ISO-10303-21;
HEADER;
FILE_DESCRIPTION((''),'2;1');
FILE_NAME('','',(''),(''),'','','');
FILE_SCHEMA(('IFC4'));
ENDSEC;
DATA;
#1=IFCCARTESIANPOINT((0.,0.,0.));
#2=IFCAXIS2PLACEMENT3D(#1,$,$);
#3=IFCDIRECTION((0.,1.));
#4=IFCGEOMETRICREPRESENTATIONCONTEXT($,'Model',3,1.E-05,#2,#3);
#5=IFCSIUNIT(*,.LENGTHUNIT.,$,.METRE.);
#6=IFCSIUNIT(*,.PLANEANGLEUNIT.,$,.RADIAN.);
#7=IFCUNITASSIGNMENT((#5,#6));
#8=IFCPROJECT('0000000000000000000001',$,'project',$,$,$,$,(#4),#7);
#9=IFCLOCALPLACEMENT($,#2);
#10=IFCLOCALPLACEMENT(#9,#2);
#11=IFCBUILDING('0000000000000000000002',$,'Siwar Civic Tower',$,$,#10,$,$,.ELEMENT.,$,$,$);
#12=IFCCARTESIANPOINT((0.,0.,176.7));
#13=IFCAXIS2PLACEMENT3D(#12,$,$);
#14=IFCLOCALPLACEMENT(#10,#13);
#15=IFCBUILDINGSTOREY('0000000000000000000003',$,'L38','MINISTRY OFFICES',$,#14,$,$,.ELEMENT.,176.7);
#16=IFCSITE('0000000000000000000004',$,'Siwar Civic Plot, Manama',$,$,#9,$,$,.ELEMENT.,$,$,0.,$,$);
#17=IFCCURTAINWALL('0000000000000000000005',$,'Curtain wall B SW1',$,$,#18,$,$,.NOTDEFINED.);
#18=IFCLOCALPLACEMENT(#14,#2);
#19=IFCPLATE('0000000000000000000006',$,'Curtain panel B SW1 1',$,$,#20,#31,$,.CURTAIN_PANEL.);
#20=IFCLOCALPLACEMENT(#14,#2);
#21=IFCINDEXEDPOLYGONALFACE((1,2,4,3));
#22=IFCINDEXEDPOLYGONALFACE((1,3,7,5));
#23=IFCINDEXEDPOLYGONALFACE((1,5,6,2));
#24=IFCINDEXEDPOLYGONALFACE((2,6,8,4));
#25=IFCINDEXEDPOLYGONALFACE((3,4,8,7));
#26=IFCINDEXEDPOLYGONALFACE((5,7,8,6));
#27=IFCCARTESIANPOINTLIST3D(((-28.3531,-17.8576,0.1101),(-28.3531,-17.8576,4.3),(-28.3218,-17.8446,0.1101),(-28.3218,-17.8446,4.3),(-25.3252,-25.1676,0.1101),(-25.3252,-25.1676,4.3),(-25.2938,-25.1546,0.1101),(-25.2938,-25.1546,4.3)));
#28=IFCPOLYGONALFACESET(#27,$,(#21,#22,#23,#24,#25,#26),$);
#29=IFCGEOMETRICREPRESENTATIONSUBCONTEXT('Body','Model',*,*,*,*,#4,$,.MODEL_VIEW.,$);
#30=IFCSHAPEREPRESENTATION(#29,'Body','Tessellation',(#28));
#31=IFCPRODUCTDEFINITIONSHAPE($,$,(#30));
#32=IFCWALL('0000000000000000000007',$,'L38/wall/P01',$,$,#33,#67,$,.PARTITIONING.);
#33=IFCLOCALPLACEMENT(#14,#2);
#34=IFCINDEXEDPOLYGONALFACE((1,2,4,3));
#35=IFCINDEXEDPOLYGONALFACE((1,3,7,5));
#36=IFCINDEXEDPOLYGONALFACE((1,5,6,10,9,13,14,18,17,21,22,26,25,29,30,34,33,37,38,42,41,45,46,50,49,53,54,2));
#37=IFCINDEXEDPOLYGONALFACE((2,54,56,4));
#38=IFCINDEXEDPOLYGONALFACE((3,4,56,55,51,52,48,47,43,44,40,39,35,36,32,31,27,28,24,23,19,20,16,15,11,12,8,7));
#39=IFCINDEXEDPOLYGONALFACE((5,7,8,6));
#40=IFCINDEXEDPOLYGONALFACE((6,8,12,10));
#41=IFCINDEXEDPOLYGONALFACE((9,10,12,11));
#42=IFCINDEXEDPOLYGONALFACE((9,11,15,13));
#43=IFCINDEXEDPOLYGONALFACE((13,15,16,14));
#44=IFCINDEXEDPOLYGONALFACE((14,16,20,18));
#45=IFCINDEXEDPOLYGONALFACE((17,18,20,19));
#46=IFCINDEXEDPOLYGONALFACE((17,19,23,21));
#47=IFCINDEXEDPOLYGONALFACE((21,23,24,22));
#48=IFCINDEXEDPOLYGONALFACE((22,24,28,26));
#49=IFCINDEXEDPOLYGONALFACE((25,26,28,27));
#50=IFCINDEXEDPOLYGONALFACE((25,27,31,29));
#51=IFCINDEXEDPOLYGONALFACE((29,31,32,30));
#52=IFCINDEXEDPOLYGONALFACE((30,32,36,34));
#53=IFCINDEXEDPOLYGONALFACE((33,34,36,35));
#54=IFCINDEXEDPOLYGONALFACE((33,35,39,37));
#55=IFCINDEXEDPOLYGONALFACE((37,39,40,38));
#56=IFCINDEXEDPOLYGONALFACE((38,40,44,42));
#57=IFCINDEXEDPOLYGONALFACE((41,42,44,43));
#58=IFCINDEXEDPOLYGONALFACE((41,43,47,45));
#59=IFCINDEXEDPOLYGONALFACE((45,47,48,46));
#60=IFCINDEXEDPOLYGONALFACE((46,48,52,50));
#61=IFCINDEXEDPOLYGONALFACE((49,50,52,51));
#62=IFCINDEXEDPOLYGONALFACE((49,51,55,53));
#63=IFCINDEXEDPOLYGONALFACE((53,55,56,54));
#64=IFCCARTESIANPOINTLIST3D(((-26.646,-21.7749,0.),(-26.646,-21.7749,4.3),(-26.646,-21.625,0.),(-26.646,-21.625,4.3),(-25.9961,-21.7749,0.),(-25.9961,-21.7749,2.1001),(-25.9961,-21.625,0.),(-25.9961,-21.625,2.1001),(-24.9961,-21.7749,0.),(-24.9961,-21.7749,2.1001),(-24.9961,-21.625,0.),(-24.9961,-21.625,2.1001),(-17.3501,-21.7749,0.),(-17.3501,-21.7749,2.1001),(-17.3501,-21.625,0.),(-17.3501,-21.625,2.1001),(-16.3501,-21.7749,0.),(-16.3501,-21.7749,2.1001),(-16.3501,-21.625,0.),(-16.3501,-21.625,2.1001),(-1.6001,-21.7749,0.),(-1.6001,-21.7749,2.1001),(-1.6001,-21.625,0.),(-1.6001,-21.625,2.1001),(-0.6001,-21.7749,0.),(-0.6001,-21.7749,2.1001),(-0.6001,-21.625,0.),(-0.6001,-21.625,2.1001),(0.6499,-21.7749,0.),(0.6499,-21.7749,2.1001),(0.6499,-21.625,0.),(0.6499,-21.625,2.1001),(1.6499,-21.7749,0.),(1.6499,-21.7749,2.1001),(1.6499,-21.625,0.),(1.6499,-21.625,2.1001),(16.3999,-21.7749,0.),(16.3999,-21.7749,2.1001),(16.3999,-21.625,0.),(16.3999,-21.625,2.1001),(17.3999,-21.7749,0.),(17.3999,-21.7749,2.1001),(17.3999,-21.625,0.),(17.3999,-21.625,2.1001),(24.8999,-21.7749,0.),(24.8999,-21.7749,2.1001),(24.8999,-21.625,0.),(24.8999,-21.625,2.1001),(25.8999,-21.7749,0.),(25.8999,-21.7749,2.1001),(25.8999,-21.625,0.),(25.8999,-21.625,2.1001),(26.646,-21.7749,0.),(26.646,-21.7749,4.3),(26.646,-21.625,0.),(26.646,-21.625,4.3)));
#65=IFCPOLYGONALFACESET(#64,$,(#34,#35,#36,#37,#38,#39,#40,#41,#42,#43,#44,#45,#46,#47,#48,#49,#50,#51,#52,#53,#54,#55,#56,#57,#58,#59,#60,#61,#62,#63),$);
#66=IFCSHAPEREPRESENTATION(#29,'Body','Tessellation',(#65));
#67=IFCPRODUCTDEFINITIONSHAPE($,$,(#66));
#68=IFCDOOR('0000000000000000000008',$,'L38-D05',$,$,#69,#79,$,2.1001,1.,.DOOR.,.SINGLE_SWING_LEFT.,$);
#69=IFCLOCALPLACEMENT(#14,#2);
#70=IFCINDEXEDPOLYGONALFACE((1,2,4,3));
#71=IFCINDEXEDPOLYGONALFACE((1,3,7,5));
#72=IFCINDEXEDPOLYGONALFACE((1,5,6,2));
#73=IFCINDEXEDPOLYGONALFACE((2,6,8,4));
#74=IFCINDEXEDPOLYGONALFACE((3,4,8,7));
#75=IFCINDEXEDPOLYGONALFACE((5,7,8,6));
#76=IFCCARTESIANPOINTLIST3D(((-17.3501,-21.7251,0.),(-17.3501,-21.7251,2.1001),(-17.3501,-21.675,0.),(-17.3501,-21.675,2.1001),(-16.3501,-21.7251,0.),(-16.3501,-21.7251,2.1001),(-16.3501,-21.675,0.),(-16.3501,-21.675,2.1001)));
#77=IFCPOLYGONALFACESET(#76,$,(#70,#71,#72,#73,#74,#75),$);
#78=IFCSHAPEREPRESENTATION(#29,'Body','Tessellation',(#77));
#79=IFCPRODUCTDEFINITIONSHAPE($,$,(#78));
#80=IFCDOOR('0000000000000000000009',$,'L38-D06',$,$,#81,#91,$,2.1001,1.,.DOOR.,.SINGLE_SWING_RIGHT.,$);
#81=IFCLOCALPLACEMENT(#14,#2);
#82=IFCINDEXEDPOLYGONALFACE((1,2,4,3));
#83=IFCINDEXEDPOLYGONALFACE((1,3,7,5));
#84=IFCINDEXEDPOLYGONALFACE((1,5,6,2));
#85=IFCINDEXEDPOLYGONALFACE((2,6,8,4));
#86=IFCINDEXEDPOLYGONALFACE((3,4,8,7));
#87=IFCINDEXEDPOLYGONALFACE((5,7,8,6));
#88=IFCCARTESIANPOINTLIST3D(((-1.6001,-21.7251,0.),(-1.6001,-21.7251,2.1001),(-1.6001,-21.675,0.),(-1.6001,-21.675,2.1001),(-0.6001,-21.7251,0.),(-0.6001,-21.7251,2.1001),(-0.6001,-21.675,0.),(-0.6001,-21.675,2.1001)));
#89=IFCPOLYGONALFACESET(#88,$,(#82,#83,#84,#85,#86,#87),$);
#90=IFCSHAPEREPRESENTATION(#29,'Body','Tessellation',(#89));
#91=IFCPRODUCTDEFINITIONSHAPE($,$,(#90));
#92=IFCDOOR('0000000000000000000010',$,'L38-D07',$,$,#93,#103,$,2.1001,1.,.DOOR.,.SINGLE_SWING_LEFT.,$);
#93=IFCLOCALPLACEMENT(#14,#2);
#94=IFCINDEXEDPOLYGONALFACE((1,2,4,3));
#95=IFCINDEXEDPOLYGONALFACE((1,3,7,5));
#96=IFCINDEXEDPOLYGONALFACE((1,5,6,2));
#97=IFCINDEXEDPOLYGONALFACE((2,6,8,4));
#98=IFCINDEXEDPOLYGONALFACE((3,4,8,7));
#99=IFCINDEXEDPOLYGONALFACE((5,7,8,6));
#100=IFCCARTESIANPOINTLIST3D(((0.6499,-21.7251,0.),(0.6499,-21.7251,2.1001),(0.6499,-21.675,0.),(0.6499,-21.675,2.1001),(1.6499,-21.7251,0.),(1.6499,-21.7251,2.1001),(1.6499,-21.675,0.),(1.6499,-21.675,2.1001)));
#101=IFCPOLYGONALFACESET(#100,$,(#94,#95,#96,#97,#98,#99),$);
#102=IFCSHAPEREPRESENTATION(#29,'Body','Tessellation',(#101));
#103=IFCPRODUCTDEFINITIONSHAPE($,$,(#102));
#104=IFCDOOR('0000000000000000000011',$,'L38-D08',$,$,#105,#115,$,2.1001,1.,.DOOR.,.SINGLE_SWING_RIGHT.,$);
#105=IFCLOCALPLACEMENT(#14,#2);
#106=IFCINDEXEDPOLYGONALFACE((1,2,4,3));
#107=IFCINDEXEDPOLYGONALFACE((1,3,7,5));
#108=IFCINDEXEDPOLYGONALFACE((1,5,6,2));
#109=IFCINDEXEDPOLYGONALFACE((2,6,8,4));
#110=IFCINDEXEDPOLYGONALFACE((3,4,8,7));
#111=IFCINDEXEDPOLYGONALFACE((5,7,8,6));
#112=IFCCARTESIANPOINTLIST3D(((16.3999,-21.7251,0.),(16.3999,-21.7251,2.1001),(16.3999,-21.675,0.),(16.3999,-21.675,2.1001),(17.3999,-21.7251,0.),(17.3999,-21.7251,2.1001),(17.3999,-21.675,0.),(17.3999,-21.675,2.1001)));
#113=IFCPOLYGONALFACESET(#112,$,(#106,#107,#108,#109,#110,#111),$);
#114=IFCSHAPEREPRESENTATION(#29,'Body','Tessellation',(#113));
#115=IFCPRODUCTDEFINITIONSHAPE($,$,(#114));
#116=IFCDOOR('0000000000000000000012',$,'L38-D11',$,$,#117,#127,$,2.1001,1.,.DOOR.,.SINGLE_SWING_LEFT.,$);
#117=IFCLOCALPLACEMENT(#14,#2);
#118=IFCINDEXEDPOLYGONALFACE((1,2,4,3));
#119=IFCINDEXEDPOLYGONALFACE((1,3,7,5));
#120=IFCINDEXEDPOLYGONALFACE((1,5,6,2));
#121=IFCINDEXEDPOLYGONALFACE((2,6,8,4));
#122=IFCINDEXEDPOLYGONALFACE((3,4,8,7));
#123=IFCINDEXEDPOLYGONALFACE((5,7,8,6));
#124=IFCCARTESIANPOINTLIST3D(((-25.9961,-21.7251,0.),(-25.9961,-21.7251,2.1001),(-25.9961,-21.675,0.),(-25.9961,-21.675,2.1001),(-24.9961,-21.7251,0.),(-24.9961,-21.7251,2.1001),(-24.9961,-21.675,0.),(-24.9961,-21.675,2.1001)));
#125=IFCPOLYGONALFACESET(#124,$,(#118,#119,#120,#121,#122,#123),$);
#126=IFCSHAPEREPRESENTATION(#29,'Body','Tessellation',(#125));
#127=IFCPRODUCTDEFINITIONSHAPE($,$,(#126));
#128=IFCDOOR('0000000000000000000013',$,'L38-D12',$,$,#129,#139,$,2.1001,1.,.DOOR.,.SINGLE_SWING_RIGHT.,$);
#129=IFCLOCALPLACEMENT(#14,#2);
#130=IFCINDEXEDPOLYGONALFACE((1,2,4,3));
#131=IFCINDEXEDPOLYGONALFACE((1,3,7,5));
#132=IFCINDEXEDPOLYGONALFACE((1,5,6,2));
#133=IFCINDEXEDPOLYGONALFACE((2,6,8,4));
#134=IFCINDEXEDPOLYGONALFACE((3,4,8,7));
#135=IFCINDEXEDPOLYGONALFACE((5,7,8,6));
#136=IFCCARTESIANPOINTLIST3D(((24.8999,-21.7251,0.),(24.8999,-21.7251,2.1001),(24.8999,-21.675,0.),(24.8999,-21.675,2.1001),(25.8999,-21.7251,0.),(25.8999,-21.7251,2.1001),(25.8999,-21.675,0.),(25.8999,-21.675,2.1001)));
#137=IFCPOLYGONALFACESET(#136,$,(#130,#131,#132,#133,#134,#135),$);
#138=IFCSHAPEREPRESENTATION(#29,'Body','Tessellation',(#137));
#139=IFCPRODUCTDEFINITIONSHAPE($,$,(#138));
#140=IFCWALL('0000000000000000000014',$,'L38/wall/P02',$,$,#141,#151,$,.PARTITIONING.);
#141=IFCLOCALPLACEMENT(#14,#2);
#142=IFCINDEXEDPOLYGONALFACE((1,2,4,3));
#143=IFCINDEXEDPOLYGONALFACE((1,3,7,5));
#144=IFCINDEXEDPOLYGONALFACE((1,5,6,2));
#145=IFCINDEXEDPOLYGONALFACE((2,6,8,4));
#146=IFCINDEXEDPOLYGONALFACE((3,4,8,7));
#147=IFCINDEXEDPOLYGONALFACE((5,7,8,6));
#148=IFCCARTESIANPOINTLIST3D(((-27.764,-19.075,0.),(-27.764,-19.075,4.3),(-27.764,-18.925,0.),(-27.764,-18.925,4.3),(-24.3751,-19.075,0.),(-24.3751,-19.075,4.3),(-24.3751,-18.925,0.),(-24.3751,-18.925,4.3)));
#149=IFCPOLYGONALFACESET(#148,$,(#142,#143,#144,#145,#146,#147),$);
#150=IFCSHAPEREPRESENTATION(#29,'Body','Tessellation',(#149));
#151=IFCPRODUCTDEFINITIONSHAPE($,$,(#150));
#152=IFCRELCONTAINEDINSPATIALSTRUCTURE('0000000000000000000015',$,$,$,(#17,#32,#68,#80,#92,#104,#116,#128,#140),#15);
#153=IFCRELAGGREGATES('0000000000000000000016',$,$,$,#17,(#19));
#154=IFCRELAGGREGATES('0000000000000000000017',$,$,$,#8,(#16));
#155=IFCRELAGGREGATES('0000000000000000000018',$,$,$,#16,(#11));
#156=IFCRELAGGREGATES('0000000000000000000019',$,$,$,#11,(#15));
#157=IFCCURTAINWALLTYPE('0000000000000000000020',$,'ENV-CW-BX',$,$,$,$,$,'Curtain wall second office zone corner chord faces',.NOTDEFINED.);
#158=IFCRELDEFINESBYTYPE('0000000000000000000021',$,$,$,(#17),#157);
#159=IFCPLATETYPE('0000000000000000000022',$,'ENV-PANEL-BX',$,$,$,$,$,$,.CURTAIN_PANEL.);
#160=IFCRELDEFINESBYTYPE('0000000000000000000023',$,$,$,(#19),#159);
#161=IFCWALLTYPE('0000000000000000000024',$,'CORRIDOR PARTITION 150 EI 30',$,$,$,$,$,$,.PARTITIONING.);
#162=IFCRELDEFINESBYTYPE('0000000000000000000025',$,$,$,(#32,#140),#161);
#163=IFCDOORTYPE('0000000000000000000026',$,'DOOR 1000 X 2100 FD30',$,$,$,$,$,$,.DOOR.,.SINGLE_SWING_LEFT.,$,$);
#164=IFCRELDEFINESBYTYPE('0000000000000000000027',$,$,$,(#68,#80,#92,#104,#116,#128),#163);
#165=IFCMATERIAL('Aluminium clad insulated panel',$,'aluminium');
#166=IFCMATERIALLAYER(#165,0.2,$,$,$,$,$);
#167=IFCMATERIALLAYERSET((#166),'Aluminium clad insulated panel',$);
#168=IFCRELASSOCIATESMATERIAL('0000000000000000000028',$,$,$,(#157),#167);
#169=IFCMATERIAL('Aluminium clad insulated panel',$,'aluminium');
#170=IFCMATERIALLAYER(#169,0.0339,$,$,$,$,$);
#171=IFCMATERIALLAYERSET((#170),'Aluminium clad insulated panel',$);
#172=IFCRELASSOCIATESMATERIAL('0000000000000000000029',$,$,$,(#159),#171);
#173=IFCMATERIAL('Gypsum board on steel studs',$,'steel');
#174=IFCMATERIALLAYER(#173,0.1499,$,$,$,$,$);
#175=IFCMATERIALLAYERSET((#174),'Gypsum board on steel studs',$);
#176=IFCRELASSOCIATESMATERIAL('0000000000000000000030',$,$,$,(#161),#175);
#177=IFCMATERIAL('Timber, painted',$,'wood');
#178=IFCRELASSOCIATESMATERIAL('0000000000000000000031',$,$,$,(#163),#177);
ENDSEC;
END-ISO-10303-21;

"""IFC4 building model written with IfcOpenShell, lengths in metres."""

from ifc_helpers import new_model, si_unit, direction, frame, frame_2d, origin, origin_2d, place, context, subcontext, project, spatial, rectangle, extrude, material, layer, layer_set, type_object, element, fill, aggregate, save


model = new_model("IFC4")

# Units and contexts
model_context = context("Model", 3, precision=1e-05, world=origin(), true_north=direction((0.0, 1.0)))
body_context = subcontext(model_context, "Body", "Model", "MODEL_VIEW")
ifc_project = project(units=[si_unit("LENGTHUNIT", "METRE"), si_unit("PLANEANGLEUNIT", "RADIAN")], contexts=[model_context])

# Site, building, storey
site_placement = place(None, origin())
site = spatial("IfcSite", under=ifc_project, at=site_placement, Name="Siwar Civic Plot, Manama", CompositionType="ELEMENT", RefElevation=0.0)
building_placement = place(site_placement, origin())
building = spatial("IfcBuilding", under=site, at=building_placement, Name="Siwar Civic Tower", CompositionType="ELEMENT")
storey_placement = place(building_placement, frame((0.0, 0.0, 176.7)))
storey = spatial("IfcBuildingStorey", under=building, at=storey_placement, Name="L38", Description="MINISTRY OFFICES", CompositionType="ELEMENT", Elevation=176.7)

# Shared definitions
ifc_material_1 = material(Name="Aluminium clad insulated panel", Category="aluminium")
ifc_layer_1 = layer(ifc_material_1, 0.2)
ifc_layer_set_1 = layer_set([ifc_layer_1], Name="Aluminium clad insulated panel")
curtain_wall_type = type_object("IfcCurtainWallType", Name="ENV-CW-BX", ElementType="Curtain wall second office zone corner chord faces", PredefinedType="NOTDEFINED", material=ifc_layer_set_1)

# Curtain wall, plate
curtain_wall_1_placement = place(storey_placement, origin())
curtain_wall_1 = element("IfcCurtainWall", 1, at=curtain_wall_1_placement, inside=storey, type_object=curtain_wall_type, Name="Curtain wall B SW1", PredefinedType="NOTDEFINED")
ifc_material_2 = material(Name="Aluminium clad insulated panel", Category="aluminium")
ifc_layer_2 = layer(ifc_material_2, 0.0339)
ifc_layer_set_2 = layer_set([ifc_layer_2], Name="Aluminium clad insulated panel")
plate_type = type_object("IfcPlateType", Name="ENV-PANEL-BX", PredefinedType="CURTAIN_PANEL", material=ifc_layer_set_2)
plate_placement = place(storey_placement, frame((-26.8235, -21.5061, 0.1101), z_axis=(0.0, 0.0, 1.0), x_axis=(0.382683, -0.92388, 0.0)))
plate = element("IfcPlate", 2, at=plate_placement, type_object=plate_type, Name="Curtain panel B SW1 1", PredefinedType="CURTAIN_PANEL", context=body_context, shape_type="SweptSolid", body=[
    extrude(rectangle(XDim=7.9124, YDim=0.0339, at=origin_2d()), origin(), (0.0, 0.0, 1.0), 4.1899),
])
aggregate(curtain_wall_1, [plate])

# Wall, openings, doors
ifc_material_3 = material(Name="Gypsum board on steel studs", Category="steel")
ifc_layer_3 = layer(ifc_material_3, 0.1499)
ifc_layer_set_3 = layer_set([ifc_layer_3], Name="Gypsum board on steel studs")
wall_type = type_object("IfcWallType", Name="CORRIDOR PARTITION 150 EI 30", PredefinedType="PARTITIONING", material=ifc_layer_set_3)
wall_1_placement = place(storey_placement, frame((-26.646, -21.7, 0.0), z_axis=(0.0, 0.0, 1.0), x_axis=(1.0, 0.0, 0.0)))
wall_1 = element("IfcWall", 3, at=wall_1_placement, inside=storey, type_object=wall_type, Name="L38/wall/P01", PredefinedType="PARTITIONING", context=body_context, shape_type="SweptSolid", body=[
    extrude(rectangle(XDim=53.292, YDim=0.1499, at=frame_2d((26.646, 0.0))), origin(), (0.0, 0.0, 1.0), 4.3),
])
opening_1_placement = place(wall_1_placement, frame((9.2959, 0.0, 0.0)))
opening_1 = element("IfcOpeningElement", 4, at=opening_1_placement, cuts=wall_1, PredefinedType="OPENING", context=body_context, shape_type="SweptSolid", body=[
    extrude(rectangle(XDim=1.0, YDim=2.1001, at=frame_2d((0.5, 1.05))), frame((0.0, 0.085, 0.0), z_axis=(0.0, -1.0, 0.0), x_axis=(1.0, 0.0, 0.0)), (0.0, 0.0, 1.0), 0.1699),
])
opening_2_placement = place(wall_1_placement, frame((25.0459, 0.0, 0.0)))
opening_2 = element("IfcOpeningElement", 5, at=opening_2_placement, cuts=wall_1, PredefinedType="OPENING", context=body_context, shape_type="SweptSolid", body=[
    extrude(rectangle(XDim=1.0, YDim=2.1001, at=frame_2d((0.5, 1.05))), frame((0.0, 0.085, 0.0), z_axis=(0.0, -1.0, 0.0), x_axis=(1.0, 0.0, 0.0)), (0.0, 0.0, 1.0), 0.1699),
])
opening_3_placement = place(wall_1_placement, frame((27.2959, 0.0, 0.0)))
opening_3 = element("IfcOpeningElement", 6, at=opening_3_placement, cuts=wall_1, PredefinedType="OPENING", context=body_context, shape_type="SweptSolid", body=[
    extrude(rectangle(XDim=1.0, YDim=2.1001, at=frame_2d((0.5, 1.05))), frame((0.0, 0.085, 0.0), z_axis=(0.0, -1.0, 0.0), x_axis=(1.0, 0.0, 0.0)), (0.0, 0.0, 1.0), 0.1699),
])
opening_4_placement = place(wall_1_placement, frame((43.0459, 0.0, 0.0)))
opening_4 = element("IfcOpeningElement", 7, at=opening_4_placement, cuts=wall_1, PredefinedType="OPENING", context=body_context, shape_type="SweptSolid", body=[
    extrude(rectangle(XDim=1.0, YDim=2.1001, at=frame_2d((0.5, 1.05))), frame((0.0, 0.085, 0.0), z_axis=(0.0, -1.0, 0.0), x_axis=(1.0, 0.0, 0.0)), (0.0, 0.0, 1.0), 0.1699),
])
opening_5_placement = place(wall_1_placement, frame((0.6499, 0.0, 0.0)))
opening_5 = element("IfcOpeningElement", 8, at=opening_5_placement, cuts=wall_1, PredefinedType="OPENING", context=body_context, shape_type="SweptSolid", body=[
    extrude(rectangle(XDim=1.0, YDim=2.1001, at=frame_2d((0.5, 1.05))), frame((0.0, 0.085, 0.0), z_axis=(0.0, -1.0, 0.0), x_axis=(1.0, 0.0, 0.0)), (0.0, 0.0, 1.0), 0.1699),
])
opening_6_placement = place(wall_1_placement, frame((51.5459, 0.0, 0.0)))
opening_6 = element("IfcOpeningElement", 9, at=opening_6_placement, cuts=wall_1, PredefinedType="OPENING", context=body_context, shape_type="SweptSolid", body=[
    extrude(rectangle(XDim=1.0, YDim=2.1001, at=frame_2d((0.5, 1.05))), frame((0.0, 0.085, 0.0), z_axis=(0.0, -1.0, 0.0), x_axis=(1.0, 0.0, 0.0)), (0.0, 0.0, 1.0), 0.1699),
])
ifc_material_4 = material(Name="Timber, painted", Category="wood")
door_type = type_object("IfcDoorType", Name="DOOR 1000 X 2100 FD30", OperationType="SINGLE_SWING_LEFT", PredefinedType="DOOR", material=ifc_material_4)
door_1_placement = place(opening_1_placement, origin())
door_1 = element("IfcDoor", 10, at=door_1_placement, inside=storey, type_object=door_type, Name="L38-D05", OperationType="SINGLE_SWING_LEFT", OverallHeight=2.1001, OverallWidth=1.0, PredefinedType="DOOR", context=body_context, shape_type="SweptSolid", body=[
    extrude(rectangle(XDim=1.0, YDim=2.1001, at=frame_2d((0.5, 1.05))), frame((0.0, 0.0249, 0.0), z_axis=(0.0, -1.0, 0.0), x_axis=(1.0, 0.0, 0.0)), (0.0, 0.0, 1.0), 0.05),
])
fill(opening_1, door_1)
door_2_placement = place(opening_2_placement, origin())
door_2 = element("IfcDoor", 11, at=door_2_placement, inside=storey, type_object=door_type, Name="L38-D06", OperationType="SINGLE_SWING_RIGHT", OverallHeight=2.1001, OverallWidth=1.0, PredefinedType="DOOR", context=body_context, shape_type="SweptSolid", body=[
    extrude(rectangle(XDim=1.0, YDim=2.1001, at=frame_2d((0.5, 1.05))), frame((0.0, 0.0249, 0.0), z_axis=(0.0, -1.0, 0.0), x_axis=(1.0, 0.0, 0.0)), (0.0, 0.0, 1.0), 0.05),
])
fill(opening_2, door_2)
door_3_placement = place(opening_3_placement, origin())
door_3 = element("IfcDoor", 12, at=door_3_placement, inside=storey, type_object=door_type, Name="L38-D07", OperationType="SINGLE_SWING_LEFT", OverallHeight=2.1001, OverallWidth=1.0, PredefinedType="DOOR", context=body_context, shape_type="SweptSolid", body=[
    extrude(rectangle(XDim=1.0, YDim=2.1001, at=frame_2d((0.5, 1.05))), frame((0.0, 0.0249, 0.0), z_axis=(0.0, -1.0, 0.0), x_axis=(1.0, 0.0, 0.0)), (0.0, 0.0, 1.0), 0.05),
])
fill(opening_3, door_3)
door_4_placement = place(opening_4_placement, origin())
door_4 = element("IfcDoor", 13, at=door_4_placement, inside=storey, type_object=door_type, Name="L38-D08", OperationType="SINGLE_SWING_RIGHT", OverallHeight=2.1001, OverallWidth=1.0, PredefinedType="DOOR", context=body_context, shape_type="SweptSolid", body=[
    extrude(rectangle(XDim=1.0, YDim=2.1001, at=frame_2d((0.5, 1.05))), frame((0.0, 0.0249, 0.0), z_axis=(0.0, -1.0, 0.0), x_axis=(1.0, 0.0, 0.0)), (0.0, 0.0, 1.0), 0.05),
])
fill(opening_4, door_4)
door_5_placement = place(opening_5_placement, origin())
door_5 = element("IfcDoor", 14, at=door_5_placement, inside=storey, type_object=door_type, Name="L38-D11", OperationType="SINGLE_SWING_LEFT", OverallHeight=2.1001, OverallWidth=1.0, PredefinedType="DOOR", context=body_context, shape_type="SweptSolid", body=[
    extrude(rectangle(XDim=1.0, YDim=2.1001, at=frame_2d((0.5, 1.05))), frame((0.0, 0.0249, 0.0), z_axis=(0.0, -1.0, 0.0), x_axis=(1.0, 0.0, 0.0)), (0.0, 0.0, 1.0), 0.05),
])
fill(opening_5, door_5)
door_6_placement = place(opening_6_placement, origin())
door_6 = element("IfcDoor", 15, at=door_6_placement, inside=storey, type_object=door_type, Name="L38-D12", OperationType="SINGLE_SWING_RIGHT", OverallHeight=2.1001, OverallWidth=1.0, PredefinedType="DOOR", context=body_context, shape_type="SweptSolid", body=[
    extrude(rectangle(XDim=1.0, YDim=2.1001, at=frame_2d((0.5, 1.05))), frame((0.0, 0.0249, 0.0), z_axis=(0.0, -1.0, 0.0), x_axis=(1.0, 0.0, 0.0)), (0.0, 0.0, 1.0), 0.05),
])
fill(opening_6, door_6)

# Wall
wall_2_placement = place(storey_placement, frame((-27.7639, -19.0, 0.0), z_axis=(0.0, 0.0, 1.0), x_axis=(1.0, 0.0, 0.0)))
element("IfcWall", 16, at=wall_2_placement, inside=storey, type_object=wall_type, Name="L38/wall/P02", PredefinedType="PARTITIONING", context=body_context, shape_type="SweptSolid", body=[
    extrude(rectangle(XDim=3.3889, YDim=0.1499, at=frame_2d((1.6943, 0.0))), origin(), (0.0, 0.0, 1.0), 4.3),
])

save(model, "model.ifc")
